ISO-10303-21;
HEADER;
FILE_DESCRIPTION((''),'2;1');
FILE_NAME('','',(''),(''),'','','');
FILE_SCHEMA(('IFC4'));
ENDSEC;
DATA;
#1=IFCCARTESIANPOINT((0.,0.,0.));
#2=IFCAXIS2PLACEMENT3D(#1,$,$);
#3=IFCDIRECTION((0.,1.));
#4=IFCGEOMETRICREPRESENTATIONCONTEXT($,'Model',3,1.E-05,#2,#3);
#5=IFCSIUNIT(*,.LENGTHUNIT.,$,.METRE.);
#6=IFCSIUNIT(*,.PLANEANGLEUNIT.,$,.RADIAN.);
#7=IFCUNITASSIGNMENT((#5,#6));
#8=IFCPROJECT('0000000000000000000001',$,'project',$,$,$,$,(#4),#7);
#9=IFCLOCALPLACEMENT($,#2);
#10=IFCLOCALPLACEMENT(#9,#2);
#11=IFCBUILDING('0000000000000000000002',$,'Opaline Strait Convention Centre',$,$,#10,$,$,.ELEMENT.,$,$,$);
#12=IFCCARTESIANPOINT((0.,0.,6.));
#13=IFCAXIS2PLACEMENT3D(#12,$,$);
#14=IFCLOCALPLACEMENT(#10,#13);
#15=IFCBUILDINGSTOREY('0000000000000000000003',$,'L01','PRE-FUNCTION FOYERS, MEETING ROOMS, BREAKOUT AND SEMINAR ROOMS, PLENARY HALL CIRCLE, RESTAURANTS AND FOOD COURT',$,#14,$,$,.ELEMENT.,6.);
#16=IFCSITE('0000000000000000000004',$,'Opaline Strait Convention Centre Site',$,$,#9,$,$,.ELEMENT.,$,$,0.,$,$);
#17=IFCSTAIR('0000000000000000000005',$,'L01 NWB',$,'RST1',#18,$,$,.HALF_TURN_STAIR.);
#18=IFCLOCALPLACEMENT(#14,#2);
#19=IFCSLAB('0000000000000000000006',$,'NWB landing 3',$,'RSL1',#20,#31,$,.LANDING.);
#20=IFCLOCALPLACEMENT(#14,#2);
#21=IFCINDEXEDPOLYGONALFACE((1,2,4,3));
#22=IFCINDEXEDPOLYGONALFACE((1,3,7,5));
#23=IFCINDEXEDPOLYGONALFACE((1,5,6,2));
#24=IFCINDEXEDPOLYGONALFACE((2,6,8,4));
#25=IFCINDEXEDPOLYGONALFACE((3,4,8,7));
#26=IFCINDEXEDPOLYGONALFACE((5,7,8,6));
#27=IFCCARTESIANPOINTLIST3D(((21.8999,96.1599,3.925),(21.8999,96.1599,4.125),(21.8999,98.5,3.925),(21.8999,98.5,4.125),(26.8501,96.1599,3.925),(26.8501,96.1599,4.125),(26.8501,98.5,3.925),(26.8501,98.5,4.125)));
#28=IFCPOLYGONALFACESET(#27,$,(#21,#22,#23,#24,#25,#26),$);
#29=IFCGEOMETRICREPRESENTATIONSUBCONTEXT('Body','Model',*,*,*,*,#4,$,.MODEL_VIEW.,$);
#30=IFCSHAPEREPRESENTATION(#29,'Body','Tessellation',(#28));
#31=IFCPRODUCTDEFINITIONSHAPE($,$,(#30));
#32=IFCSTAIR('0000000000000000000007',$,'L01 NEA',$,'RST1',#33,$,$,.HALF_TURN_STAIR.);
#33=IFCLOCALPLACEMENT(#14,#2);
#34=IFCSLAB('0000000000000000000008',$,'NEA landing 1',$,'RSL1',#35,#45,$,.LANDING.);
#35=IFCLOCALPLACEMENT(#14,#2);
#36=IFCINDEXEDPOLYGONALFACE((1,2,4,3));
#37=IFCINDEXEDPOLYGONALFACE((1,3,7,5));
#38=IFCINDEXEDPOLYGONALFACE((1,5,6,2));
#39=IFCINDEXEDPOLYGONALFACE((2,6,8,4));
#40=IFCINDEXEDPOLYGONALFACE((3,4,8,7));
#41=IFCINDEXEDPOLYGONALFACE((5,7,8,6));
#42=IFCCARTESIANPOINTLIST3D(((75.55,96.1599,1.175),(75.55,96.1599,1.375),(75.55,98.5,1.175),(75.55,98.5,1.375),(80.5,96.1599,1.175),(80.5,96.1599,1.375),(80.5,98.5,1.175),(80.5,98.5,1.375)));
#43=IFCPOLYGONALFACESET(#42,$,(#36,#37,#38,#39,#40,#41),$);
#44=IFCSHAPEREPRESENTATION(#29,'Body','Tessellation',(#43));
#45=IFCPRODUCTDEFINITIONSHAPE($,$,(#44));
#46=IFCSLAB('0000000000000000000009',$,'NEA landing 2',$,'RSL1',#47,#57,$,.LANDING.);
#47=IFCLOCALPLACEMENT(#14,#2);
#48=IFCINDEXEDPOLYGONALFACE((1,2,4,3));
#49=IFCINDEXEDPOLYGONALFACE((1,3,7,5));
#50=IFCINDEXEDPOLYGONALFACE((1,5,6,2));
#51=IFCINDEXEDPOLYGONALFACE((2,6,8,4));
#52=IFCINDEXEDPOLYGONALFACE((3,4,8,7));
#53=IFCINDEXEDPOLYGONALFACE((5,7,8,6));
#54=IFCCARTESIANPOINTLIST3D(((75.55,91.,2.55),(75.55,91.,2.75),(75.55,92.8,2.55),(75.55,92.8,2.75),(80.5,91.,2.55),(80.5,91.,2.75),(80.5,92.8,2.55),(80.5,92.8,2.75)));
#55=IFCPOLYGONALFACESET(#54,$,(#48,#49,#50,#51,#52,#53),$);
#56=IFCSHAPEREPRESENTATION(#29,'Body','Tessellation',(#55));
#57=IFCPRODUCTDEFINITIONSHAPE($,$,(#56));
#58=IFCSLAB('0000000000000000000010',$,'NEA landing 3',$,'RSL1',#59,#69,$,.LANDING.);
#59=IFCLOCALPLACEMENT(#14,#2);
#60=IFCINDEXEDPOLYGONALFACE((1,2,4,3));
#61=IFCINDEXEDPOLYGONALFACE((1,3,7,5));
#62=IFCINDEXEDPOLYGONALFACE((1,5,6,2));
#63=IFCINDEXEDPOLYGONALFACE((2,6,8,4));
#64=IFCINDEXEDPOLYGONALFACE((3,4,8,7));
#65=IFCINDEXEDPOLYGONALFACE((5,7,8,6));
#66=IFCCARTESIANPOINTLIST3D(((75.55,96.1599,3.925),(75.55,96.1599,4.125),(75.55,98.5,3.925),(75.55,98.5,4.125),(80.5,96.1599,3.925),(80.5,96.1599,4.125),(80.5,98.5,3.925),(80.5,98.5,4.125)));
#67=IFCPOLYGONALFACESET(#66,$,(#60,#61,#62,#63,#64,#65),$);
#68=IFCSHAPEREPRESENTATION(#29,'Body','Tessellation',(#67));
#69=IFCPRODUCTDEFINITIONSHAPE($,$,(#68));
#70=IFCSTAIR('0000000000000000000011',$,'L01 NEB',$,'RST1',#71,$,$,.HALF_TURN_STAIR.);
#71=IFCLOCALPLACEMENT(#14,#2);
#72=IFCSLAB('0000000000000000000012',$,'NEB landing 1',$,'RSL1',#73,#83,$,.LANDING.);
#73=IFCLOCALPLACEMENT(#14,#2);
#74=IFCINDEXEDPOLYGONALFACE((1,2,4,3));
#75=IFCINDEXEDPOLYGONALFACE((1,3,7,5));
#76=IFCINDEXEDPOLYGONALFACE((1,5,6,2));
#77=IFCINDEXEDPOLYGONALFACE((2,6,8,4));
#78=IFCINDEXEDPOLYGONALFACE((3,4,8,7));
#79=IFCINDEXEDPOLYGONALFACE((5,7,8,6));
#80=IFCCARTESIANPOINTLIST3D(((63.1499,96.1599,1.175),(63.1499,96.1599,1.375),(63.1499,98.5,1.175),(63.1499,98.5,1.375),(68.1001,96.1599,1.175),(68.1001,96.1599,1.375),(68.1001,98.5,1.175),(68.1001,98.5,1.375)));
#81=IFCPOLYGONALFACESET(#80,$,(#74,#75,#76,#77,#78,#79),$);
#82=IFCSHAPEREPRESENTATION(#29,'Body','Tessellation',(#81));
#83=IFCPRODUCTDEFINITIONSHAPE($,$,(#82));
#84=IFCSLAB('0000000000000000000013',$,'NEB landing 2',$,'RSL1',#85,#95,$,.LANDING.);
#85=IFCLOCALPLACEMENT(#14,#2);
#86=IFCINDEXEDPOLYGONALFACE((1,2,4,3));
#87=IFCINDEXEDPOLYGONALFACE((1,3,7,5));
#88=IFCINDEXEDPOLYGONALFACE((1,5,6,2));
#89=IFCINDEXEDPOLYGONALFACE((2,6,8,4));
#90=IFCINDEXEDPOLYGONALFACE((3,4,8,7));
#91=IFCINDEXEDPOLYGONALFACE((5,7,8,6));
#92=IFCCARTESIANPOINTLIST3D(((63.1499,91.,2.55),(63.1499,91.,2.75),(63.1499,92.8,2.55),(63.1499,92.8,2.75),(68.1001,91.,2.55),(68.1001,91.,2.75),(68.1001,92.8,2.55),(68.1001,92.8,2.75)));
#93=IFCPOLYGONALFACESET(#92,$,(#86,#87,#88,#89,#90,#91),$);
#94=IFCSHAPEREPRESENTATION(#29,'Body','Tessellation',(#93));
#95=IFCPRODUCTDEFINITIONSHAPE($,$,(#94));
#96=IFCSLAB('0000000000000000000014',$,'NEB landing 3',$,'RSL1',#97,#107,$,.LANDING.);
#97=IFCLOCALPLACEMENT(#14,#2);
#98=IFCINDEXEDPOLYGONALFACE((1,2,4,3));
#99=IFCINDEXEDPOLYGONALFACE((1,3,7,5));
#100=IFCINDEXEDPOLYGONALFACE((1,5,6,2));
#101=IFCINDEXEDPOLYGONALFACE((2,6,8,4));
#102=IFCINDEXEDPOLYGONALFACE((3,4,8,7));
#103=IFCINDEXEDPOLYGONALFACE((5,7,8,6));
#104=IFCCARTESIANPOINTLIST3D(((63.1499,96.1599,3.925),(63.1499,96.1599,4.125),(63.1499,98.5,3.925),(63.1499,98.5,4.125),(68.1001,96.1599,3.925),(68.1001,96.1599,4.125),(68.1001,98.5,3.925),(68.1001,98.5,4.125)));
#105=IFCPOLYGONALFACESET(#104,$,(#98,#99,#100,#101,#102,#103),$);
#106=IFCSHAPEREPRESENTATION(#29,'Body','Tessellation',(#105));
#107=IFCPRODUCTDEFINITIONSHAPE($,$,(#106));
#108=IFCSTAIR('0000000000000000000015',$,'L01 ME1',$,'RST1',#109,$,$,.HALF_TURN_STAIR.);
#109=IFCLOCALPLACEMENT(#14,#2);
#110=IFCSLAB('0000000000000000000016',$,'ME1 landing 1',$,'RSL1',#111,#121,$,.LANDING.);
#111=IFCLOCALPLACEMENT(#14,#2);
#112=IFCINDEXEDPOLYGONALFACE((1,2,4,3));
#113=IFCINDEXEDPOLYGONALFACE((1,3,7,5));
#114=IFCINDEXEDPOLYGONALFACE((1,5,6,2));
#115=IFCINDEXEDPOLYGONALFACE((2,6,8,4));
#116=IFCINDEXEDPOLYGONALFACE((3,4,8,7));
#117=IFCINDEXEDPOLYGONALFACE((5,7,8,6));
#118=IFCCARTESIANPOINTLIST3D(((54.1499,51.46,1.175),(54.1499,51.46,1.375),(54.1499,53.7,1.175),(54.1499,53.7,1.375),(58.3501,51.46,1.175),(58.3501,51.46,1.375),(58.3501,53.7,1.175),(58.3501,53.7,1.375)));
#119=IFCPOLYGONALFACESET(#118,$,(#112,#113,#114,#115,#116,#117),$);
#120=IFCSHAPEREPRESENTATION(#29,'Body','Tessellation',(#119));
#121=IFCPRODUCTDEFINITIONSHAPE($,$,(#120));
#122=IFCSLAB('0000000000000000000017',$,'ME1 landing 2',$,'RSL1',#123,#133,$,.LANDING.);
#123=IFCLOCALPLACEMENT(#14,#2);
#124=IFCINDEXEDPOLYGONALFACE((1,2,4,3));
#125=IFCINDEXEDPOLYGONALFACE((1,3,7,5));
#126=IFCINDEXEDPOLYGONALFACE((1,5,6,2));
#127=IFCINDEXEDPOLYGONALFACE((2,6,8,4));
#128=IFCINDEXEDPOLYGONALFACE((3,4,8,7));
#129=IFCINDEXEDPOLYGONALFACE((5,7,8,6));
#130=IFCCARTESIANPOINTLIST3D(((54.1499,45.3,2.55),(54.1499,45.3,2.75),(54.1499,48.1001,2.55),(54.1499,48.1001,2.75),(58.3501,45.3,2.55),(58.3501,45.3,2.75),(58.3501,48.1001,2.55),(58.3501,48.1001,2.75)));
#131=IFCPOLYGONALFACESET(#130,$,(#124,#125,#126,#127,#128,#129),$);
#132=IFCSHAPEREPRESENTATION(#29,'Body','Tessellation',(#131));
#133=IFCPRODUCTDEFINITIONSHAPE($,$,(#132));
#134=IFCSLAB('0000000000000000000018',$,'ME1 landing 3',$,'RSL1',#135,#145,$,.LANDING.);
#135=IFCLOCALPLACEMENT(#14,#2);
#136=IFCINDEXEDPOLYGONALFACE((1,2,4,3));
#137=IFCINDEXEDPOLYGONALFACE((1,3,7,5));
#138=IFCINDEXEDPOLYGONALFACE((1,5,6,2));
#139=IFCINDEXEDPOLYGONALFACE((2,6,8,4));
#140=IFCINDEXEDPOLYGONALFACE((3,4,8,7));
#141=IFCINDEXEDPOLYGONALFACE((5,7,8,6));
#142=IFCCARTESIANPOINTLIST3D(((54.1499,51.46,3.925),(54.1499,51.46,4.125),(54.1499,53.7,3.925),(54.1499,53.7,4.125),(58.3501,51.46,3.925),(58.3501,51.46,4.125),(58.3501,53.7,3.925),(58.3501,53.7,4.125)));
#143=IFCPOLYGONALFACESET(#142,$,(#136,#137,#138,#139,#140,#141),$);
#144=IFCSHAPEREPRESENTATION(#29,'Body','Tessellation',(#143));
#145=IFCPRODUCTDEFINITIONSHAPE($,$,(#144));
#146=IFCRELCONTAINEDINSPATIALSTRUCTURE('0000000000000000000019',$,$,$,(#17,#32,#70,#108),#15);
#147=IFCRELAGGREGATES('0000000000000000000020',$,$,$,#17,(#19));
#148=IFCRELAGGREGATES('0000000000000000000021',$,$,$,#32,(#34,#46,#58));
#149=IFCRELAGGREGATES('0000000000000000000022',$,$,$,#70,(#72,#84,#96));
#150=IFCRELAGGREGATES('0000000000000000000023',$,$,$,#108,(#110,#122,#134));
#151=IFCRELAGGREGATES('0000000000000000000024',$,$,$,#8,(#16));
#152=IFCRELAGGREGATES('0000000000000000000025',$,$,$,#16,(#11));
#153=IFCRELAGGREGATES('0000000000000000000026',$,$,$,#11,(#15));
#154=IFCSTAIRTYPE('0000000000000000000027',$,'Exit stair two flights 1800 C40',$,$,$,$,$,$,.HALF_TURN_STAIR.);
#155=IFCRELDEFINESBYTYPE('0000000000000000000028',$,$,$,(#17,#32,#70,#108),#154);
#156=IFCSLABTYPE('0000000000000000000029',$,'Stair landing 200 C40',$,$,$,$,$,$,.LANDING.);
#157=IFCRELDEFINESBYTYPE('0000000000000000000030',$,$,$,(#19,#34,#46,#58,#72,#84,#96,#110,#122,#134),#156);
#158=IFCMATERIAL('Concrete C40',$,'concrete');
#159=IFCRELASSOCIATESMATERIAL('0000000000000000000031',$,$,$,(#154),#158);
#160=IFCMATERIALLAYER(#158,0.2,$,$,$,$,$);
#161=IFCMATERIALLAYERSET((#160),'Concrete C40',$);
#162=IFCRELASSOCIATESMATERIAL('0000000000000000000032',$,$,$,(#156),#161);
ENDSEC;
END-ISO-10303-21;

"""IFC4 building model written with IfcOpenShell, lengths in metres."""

from ifc_helpers import new_model, si_unit, direction, frame, origin, place, context, subcontext, project, spatial, polyline, outline, extrude, material, layer, layer_set, type_object, element, aggregate, save


model = new_model("IFC4")

# Units and contexts
model_context = context("Model", 3, precision=1e-05, world=origin(), true_north=direction((0.0, 1.0)))
body_context = subcontext(model_context, "Body", "Model", "MODEL_VIEW")
ifc_project = project(units=[si_unit("LENGTHUNIT", "METRE"), si_unit("PLANEANGLEUNIT", "RADIAN")], contexts=[model_context])

# Site, building, storey
site_placement = place(None, origin())
site = spatial("IfcSite", under=ifc_project, at=site_placement, Name="Opaline Strait Convention Centre Site", CompositionType="ELEMENT", RefElevation=0.0)
building_placement = place(site_placement, origin())
building = spatial("IfcBuilding", under=site, at=building_placement, Name="Opaline Strait Convention Centre", CompositionType="ELEMENT")
storey_placement = place(building_placement, frame((0.0, 0.0, 6.0)))
storey = spatial("IfcBuildingStorey", under=building, at=storey_placement, Name="L01", Description="PRE-FUNCTION FOYERS, MEETING ROOMS, BREAKOUT AND SEMINAR ROOMS, PLENARY HALL CIRCLE, RESTAURANTS AND FOOD COURT", CompositionType="ELEMENT", Elevation=6.0)

# Shared definitions
ifc_material = material(Name="Concrete C40", Category="concrete")
stair_type = type_object("IfcStairType", Name="Exit stair two flights 1800 C40", PredefinedType="HALF_TURN_STAIR", material=ifc_material)
ifc_layer = layer(ifc_material, 0.2)
ifc_layer_set = layer_set([ifc_layer], Name="Concrete C40")
slab_type = type_object("IfcSlabType", Name="Stair landing 200 C40", PredefinedType="LANDING", material=ifc_layer_set)

# Stairs, slabs
stair_1_placement = place(storey_placement, origin())
stair_1 = element("IfcStair", 1, at=stair_1_placement, inside=storey, type_object=stair_type, Name="L01 NWB", ObjectType="RST1", PredefinedType="HALF_TURN_STAIR")
slab_1_placement = place(storey_placement, frame((0.0, 0.0, 3.925)))
slab_1 = element("IfcSlab", 2, at=slab_1_placement, type_object=slab_type, Name="NWB landing 3", ObjectType="RSL1", PredefinedType="LANDING", context=body_context, shape_type="SweptSolid", body=[
    extrude(outline(polyline([(26.8501, 96.1599), (26.8501, 98.5), (21.8999, 98.5), (21.8999, 96.1599), (26.8501, 96.1599)])), origin(), (0.0, 0.0, 1.0), 0.2),
])
aggregate(stair_1, [slab_1])
stair_2_placement = place(storey_placement, origin())
stair_2 = element("IfcStair", 3, at=stair_2_placement, inside=storey, type_object=stair_type, Name="L01 NEA", ObjectType="RST1", PredefinedType="HALF_TURN_STAIR")
slab_2_placement = place(storey_placement, frame((0.0, 0.0, 1.175)))
slab_2 = element("IfcSlab", 4, at=slab_2_placement, type_object=slab_type, Name="NEA landing 1", ObjectType="RSL1", PredefinedType="LANDING", context=body_context, shape_type="SweptSolid", body=[
    extrude(outline(polyline([(80.5, 96.1599), (80.5, 98.5), (75.55, 98.5), (75.55, 96.1599), (80.5, 96.1599)])), origin(), (0.0, 0.0, 1.0), 0.2),
])
slab_3_placement = place(storey_placement, frame((0.0, 0.0, 2.55)))
slab_3 = element("IfcSlab", 5, at=slab_3_placement, type_object=slab_type, Name="NEA landing 2", ObjectType="RSL1", PredefinedType="LANDING", context=body_context, shape_type="SweptSolid", body=[
    extrude(outline(polyline([(80.5, 91.0), (80.5, 92.8), (75.55, 92.8), (75.55, 91.0), (80.5, 91.0)])), origin(), (0.0, 0.0, 1.0), 0.2),
])
slab_4_placement = place(storey_placement, frame((0.0, 0.0, 3.925)))
slab_4 = element("IfcSlab", 6, at=slab_4_placement, type_object=slab_type, Name="NEA landing 3", ObjectType="RSL1", PredefinedType="LANDING", context=body_context, shape_type="SweptSolid", body=[
    extrude(outline(polyline([(80.5, 96.1599), (80.5, 98.5), (75.55, 98.5), (75.55, 96.1599), (80.5, 96.1599)])), origin(), (0.0, 0.0, 1.0), 0.2),
])
aggregate(stair_2, [slab_2, slab_3, slab_4])
stair_3_placement = place(storey_placement, origin())
stair_3 = element("IfcStair", 7, at=stair_3_placement, inside=storey, type_object=stair_type, Name="L01 NEB", ObjectType="RST1", PredefinedType="HALF_TURN_STAIR")
slab_5_placement = place(storey_placement, frame((0.0, 0.0, 1.175)))
slab_5 = element("IfcSlab", 8, at=slab_5_placement, type_object=slab_type, Name="NEB landing 1", ObjectType="RSL1", PredefinedType="LANDING", context=body_context, shape_type="SweptSolid", body=[
    extrude(outline(polyline([(68.1001, 96.1599), (68.1001, 98.5), (63.1499, 98.5), (63.1499, 96.1599), (68.1001, 96.1599)])), origin(), (0.0, 0.0, 1.0), 0.2),
])
slab_6_placement = place(storey_placement, frame((0.0, 0.0, 2.55)))
slab_6 = element("IfcSlab", 9, at=slab_6_placement, type_object=slab_type, Name="NEB landing 2", ObjectType="RSL1", PredefinedType="LANDING", context=body_context, shape_type="SweptSolid", body=[
    extrude(outline(polyline([(68.1001, 91.0), (68.1001, 92.8), (63.1499, 92.8), (63.1499, 91.0), (68.1001, 91.0)])), origin(), (0.0, 0.0, 1.0), 0.2),
])
slab_7_placement = place(storey_placement, frame((0.0, 0.0, 3.925)))
slab_7 = element("IfcSlab", 10, at=slab_7_placement, type_object=slab_type, Name="NEB landing 3", ObjectType="RSL1", PredefinedType="LANDING", context=body_context, shape_type="SweptSolid", body=[
    extrude(outline(polyline([(68.1001, 96.1599), (68.1001, 98.5), (63.1499, 98.5), (63.1499, 96.1599), (68.1001, 96.1599)])), origin(), (0.0, 0.0, 1.0), 0.2),
])
aggregate(stair_3, [slab_5, slab_6, slab_7])
stair_4_placement = place(storey_placement, origin())
stair_4 = element("IfcStair", 11, at=stair_4_placement, inside=storey, type_object=stair_type, Name="L01 ME1", ObjectType="RST1", PredefinedType="HALF_TURN_STAIR")
slab_8_placement = place(storey_placement, frame((0.0, 0.0, 1.175)))
slab_8 = element("IfcSlab", 12, at=slab_8_placement, type_object=slab_type, Name="ME1 landing 1", ObjectType="RSL1", PredefinedType="LANDING", context=body_context, shape_type="SweptSolid", body=[
    extrude(outline(polyline([(58.3501, 51.46), (58.3501, 53.7), (54.1499, 53.7), (54.1499, 51.46), (58.3501, 51.46)])), origin(), (0.0, 0.0, 1.0), 0.2),
])
slab_9_placement = place(storey_placement, frame((0.0, 0.0, 2.55)))
slab_9 = element("IfcSlab", 13, at=slab_9_placement, type_object=slab_type, Name="ME1 landing 2", ObjectType="RSL1", PredefinedType="LANDING", context=body_context, shape_type="SweptSolid", body=[
    extrude(outline(polyline([(58.3501, 45.3), (58.3501, 48.1001), (54.1499, 48.1001), (54.1499, 45.3), (58.3501, 45.3)])), origin(), (0.0, 0.0, 1.0), 0.2),
])
slab_10_placement = place(storey_placement, frame((0.0, 0.0, 3.925)))
slab_10 = element("IfcSlab", 14, at=slab_10_placement, type_object=slab_type, Name="ME1 landing 3", ObjectType="RSL1", PredefinedType="LANDING", context=body_context, shape_type="SweptSolid", body=[
    extrude(outline(polyline([(58.3501, 51.46), (58.3501, 53.7), (54.1499, 53.7), (54.1499, 51.46), (58.3501, 51.46)])), origin(), (0.0, 0.0, 1.0), 0.2),
])
aggregate(stair_4, [slab_8, slab_9, slab_10])

save(model, "model.ifc")
